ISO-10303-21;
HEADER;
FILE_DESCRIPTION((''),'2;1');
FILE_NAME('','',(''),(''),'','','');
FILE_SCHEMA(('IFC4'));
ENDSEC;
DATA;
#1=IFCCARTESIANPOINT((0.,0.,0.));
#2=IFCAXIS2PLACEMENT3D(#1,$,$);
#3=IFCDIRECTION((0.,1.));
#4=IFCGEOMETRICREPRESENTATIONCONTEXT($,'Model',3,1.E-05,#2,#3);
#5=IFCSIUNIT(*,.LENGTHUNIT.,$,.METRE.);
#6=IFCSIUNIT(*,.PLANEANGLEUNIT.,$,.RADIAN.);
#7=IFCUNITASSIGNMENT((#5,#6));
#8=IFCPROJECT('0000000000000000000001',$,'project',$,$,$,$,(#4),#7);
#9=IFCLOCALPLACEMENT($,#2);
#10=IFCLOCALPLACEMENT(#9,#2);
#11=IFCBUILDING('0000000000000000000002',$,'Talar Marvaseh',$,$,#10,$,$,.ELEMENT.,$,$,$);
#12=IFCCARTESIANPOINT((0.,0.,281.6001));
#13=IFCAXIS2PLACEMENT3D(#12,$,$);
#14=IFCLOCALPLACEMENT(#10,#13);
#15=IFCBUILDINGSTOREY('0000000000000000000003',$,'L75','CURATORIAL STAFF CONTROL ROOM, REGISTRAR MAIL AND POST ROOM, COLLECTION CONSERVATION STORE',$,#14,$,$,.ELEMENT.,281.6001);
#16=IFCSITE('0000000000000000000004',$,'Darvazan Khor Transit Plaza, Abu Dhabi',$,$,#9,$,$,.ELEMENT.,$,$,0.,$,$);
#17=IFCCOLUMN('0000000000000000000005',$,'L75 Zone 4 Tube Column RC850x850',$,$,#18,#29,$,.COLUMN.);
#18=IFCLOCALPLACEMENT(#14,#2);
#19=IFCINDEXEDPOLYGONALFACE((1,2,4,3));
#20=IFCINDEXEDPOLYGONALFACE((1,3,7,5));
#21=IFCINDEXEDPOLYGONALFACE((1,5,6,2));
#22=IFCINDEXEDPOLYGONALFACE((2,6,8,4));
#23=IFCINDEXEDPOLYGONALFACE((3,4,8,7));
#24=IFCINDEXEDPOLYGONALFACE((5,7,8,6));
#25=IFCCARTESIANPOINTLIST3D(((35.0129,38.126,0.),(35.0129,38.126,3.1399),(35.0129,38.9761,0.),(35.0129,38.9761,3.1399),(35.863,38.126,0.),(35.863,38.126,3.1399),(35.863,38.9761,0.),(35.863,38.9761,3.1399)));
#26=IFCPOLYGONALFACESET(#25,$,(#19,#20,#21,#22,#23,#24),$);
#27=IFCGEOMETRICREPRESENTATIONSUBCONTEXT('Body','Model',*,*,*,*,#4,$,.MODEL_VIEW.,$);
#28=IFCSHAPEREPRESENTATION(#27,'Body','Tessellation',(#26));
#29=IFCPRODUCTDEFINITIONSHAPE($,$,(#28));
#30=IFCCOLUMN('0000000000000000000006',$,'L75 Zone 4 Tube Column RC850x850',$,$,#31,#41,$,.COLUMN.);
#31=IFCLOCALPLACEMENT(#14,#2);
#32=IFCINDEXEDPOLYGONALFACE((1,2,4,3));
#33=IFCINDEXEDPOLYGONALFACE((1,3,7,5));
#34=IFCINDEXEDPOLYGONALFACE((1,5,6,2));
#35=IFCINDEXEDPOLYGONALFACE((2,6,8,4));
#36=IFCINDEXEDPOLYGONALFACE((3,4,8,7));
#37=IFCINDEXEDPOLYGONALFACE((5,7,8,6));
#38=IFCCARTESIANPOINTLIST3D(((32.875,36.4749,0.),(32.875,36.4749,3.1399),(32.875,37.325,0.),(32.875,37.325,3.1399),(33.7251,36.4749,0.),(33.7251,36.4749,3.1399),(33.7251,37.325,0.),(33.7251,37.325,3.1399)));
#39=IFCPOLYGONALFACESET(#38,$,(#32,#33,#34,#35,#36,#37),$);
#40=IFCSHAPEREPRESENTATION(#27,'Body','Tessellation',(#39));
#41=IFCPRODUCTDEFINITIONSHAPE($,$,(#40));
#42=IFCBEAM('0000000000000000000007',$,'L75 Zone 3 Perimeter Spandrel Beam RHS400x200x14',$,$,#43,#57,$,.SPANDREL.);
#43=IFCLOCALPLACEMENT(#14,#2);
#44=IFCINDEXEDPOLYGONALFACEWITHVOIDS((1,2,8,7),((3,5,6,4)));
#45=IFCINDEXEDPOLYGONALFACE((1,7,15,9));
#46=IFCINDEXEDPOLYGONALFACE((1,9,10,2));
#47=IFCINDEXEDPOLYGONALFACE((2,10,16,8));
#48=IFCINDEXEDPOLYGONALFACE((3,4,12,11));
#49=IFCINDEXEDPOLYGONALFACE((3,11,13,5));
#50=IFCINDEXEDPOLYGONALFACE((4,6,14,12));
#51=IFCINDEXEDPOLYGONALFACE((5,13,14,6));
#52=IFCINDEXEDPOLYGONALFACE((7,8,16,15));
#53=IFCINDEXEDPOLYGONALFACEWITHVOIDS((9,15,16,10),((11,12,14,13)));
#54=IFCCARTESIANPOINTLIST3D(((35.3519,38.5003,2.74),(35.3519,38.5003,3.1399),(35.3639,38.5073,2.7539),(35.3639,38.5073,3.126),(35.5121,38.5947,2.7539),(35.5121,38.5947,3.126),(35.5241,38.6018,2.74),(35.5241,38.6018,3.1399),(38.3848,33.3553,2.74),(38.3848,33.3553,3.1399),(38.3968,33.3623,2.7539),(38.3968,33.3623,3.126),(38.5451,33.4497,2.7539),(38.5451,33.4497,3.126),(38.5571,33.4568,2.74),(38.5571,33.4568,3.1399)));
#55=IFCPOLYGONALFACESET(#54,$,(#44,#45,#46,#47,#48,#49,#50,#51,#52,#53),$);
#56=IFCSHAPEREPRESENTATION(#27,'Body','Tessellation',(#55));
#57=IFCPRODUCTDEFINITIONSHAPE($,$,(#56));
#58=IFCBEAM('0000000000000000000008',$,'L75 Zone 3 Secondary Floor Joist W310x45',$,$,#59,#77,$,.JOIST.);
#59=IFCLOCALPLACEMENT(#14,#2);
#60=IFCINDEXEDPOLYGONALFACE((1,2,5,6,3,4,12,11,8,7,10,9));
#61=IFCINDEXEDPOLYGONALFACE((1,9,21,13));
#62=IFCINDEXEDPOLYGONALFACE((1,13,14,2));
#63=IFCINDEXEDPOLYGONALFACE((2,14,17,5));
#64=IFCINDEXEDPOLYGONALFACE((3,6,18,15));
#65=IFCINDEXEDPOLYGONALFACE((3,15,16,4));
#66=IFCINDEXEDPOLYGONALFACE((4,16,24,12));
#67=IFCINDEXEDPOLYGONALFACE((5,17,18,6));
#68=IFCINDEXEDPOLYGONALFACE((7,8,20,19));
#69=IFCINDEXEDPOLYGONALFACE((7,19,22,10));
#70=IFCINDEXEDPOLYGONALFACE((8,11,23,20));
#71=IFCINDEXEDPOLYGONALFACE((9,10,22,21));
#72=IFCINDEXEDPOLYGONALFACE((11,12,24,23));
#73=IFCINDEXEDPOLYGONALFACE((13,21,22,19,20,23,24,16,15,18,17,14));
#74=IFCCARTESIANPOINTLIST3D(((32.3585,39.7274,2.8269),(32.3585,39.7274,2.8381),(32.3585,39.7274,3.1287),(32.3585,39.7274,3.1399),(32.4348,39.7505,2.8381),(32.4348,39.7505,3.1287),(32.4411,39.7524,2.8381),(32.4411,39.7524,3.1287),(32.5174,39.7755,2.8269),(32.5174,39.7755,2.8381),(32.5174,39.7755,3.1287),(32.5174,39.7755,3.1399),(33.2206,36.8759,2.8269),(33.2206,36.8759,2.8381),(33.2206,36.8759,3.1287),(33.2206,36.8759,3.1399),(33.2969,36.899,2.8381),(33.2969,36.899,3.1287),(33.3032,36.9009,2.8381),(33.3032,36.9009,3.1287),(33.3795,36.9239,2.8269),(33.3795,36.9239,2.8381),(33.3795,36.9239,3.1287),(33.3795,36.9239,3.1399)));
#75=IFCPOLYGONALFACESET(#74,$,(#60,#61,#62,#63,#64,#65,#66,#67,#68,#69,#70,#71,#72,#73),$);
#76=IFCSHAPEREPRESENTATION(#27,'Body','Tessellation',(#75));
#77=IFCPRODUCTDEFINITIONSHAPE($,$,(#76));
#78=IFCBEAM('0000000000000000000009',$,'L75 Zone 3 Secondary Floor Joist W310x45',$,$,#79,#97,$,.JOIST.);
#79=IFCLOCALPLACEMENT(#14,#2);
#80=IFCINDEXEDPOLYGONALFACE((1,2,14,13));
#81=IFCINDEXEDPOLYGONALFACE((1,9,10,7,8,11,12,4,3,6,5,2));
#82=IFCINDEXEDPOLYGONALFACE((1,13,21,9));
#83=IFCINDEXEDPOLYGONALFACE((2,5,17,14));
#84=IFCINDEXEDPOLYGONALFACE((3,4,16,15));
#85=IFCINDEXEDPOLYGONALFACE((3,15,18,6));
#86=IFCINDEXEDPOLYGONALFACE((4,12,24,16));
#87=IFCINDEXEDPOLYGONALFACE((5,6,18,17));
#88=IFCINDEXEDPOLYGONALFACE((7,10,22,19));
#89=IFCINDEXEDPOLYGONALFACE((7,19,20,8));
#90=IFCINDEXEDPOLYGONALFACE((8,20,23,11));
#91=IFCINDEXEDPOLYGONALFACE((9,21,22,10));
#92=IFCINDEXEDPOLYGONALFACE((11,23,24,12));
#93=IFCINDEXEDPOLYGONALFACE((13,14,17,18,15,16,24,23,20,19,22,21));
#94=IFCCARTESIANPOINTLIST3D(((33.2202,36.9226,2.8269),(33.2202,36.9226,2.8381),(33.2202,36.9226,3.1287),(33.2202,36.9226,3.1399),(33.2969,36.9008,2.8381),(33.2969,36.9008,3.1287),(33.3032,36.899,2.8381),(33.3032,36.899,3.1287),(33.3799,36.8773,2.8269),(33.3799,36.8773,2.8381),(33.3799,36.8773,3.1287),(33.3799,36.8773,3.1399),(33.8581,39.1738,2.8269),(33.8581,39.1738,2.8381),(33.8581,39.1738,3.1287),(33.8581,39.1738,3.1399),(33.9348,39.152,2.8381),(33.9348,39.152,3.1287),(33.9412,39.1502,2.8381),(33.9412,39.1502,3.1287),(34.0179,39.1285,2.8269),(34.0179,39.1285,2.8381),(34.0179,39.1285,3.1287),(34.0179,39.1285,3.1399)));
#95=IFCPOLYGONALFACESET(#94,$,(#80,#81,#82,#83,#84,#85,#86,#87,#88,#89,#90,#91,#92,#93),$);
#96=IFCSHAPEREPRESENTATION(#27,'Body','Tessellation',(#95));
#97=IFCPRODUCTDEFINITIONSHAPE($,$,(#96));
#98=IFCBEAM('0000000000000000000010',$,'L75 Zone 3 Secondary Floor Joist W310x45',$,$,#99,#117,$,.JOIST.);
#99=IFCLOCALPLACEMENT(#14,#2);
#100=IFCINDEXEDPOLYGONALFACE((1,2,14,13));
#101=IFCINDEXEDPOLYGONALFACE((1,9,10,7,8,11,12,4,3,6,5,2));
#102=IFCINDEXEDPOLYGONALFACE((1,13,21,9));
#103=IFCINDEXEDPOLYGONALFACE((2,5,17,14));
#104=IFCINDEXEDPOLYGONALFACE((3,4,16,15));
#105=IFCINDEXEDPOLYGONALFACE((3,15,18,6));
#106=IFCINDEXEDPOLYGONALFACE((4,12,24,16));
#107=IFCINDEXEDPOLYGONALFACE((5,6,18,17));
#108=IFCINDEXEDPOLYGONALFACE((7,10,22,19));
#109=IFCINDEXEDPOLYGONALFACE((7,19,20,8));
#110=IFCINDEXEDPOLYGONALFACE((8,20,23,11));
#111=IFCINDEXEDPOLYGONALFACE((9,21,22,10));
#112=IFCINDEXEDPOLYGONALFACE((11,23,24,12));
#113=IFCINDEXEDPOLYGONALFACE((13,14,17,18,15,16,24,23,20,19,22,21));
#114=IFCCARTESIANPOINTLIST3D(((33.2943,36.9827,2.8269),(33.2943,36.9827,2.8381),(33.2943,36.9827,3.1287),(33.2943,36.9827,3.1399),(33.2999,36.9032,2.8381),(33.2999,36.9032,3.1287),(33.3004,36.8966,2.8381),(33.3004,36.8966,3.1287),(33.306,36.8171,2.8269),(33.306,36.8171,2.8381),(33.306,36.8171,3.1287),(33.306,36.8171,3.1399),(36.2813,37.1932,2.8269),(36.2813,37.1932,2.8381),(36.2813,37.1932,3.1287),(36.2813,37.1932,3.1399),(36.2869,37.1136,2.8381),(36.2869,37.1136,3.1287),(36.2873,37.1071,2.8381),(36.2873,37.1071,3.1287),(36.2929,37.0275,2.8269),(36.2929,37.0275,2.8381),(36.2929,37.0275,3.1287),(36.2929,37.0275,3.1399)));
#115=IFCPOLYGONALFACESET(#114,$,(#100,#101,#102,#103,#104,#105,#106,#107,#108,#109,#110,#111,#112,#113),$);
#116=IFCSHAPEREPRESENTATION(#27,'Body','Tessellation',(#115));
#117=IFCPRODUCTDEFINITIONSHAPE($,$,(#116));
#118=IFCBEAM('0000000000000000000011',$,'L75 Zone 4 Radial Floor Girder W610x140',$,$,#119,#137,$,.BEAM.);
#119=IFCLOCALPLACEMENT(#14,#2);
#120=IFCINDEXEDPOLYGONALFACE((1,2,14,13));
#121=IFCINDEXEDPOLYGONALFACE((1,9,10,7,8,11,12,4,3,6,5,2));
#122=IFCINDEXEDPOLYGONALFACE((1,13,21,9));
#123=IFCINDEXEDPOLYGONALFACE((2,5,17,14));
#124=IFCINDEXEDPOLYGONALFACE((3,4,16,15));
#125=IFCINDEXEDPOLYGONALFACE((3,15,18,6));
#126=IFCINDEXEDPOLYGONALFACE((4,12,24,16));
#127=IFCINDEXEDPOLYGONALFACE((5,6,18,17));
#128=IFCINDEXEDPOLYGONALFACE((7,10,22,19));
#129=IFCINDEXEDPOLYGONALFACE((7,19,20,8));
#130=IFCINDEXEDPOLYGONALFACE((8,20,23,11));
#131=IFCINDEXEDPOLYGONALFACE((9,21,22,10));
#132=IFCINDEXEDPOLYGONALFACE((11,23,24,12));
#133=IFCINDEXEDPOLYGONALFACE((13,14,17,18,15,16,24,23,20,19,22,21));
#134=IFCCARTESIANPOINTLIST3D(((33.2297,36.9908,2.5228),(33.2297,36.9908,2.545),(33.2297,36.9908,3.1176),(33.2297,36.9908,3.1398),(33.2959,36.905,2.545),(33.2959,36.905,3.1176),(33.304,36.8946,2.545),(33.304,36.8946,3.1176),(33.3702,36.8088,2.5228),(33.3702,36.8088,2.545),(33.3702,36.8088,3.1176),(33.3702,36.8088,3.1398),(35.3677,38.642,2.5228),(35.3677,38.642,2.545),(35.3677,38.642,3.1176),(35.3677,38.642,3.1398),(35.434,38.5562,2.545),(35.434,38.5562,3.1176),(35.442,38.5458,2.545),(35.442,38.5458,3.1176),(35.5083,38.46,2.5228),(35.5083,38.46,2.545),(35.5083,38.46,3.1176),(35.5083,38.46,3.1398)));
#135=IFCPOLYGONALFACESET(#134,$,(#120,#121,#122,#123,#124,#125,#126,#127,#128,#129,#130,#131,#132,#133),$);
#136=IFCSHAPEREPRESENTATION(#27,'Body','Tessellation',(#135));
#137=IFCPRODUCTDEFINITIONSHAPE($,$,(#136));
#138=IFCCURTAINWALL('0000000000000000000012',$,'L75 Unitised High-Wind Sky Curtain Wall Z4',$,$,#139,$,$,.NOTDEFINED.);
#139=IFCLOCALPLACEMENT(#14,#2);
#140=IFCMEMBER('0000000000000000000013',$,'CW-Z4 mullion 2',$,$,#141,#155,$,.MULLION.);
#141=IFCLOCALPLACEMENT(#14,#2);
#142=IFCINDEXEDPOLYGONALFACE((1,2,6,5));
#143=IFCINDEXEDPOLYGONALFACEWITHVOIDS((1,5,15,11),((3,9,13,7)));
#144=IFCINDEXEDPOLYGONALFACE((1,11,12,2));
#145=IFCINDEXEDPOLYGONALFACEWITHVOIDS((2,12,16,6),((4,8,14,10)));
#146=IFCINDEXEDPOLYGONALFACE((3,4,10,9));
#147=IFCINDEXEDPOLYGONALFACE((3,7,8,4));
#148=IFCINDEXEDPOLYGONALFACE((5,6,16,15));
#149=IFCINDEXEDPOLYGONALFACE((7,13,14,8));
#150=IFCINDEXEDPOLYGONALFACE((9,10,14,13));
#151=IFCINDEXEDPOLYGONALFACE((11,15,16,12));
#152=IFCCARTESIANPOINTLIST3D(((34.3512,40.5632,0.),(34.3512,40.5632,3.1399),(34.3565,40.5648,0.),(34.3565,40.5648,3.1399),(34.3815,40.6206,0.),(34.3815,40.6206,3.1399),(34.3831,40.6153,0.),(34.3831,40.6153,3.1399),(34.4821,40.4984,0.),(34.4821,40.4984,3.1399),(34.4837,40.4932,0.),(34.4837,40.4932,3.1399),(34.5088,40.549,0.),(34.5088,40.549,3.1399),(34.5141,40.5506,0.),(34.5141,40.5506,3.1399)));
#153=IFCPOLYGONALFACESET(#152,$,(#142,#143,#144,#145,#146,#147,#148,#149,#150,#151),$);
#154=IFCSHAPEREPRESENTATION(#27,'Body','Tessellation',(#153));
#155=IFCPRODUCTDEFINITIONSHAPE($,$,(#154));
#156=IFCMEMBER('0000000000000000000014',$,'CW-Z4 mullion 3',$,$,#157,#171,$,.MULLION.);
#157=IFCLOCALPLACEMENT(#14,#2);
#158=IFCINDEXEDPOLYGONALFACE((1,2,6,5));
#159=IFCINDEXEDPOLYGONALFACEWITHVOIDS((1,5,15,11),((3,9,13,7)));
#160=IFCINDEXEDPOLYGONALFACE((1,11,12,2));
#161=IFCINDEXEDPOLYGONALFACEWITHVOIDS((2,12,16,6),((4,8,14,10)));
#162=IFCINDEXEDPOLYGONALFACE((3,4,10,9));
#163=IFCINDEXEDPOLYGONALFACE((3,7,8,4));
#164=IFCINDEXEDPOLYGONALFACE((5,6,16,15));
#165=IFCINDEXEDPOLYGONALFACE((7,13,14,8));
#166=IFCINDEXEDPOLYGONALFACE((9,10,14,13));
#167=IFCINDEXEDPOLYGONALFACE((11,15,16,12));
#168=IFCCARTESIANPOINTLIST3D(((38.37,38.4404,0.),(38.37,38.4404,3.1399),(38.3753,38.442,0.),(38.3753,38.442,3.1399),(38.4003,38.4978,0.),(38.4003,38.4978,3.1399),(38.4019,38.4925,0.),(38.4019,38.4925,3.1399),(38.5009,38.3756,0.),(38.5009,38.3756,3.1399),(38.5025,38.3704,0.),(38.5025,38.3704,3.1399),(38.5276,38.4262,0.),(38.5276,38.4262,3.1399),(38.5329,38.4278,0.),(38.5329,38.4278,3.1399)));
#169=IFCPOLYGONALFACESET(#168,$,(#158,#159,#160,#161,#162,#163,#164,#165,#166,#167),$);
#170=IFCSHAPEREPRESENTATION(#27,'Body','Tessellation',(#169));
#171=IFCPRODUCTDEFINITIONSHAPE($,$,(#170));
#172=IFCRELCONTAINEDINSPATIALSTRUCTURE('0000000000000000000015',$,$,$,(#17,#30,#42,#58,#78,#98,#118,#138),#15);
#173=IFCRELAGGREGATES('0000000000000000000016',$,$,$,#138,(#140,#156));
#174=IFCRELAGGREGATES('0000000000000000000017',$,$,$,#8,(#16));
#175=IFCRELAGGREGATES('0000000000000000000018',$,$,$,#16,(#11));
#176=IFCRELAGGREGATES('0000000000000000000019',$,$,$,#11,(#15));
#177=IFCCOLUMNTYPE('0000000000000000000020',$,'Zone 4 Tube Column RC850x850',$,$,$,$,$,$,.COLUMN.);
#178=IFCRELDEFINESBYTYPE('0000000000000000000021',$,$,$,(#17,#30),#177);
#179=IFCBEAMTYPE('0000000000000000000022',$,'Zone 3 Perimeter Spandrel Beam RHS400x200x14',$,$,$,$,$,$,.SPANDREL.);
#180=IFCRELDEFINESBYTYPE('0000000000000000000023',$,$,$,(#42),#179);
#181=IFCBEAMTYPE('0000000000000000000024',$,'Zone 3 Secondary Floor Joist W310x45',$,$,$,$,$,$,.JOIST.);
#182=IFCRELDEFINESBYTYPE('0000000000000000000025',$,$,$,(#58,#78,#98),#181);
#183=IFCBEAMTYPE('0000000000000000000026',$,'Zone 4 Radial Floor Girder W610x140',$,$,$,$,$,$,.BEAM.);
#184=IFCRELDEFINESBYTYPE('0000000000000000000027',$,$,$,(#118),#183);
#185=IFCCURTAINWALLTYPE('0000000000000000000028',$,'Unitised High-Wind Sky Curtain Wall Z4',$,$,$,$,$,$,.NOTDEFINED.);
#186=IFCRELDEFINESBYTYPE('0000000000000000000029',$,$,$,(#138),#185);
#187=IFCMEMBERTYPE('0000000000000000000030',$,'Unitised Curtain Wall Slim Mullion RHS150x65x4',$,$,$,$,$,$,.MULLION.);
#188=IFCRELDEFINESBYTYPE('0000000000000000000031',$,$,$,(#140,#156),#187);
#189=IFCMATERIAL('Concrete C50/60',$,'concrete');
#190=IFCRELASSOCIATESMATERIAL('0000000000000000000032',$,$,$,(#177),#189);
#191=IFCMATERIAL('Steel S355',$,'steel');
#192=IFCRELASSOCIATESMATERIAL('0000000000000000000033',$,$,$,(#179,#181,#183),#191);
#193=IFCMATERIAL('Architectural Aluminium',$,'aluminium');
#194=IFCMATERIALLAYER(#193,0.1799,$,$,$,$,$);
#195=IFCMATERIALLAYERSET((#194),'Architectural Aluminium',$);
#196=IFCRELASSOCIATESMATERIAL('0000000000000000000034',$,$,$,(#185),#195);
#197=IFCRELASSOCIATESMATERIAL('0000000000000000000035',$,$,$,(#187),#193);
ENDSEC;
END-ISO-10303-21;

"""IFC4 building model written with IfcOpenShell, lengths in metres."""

from ifc_helpers import new_model, si_unit, direction, frame, origin, origin_2d, place, context, subcontext, project, spatial, rectangle, hollow_rectangle, i_section, extrude, source, transform, mapped, material, layer, layer_set, material_profile, profile_set, type_object, type_shapes, element, aggregate, save


model = new_model("IFC4")

# Units and contexts
model_context = context("Model", 3, precision=1e-05, world=origin(), true_north=direction((0.0, 1.0)))
body_context = subcontext(model_context, "Body", "Model", "MODEL_VIEW")
ifc_project = project(units=[si_unit("LENGTHUNIT", "METRE"), si_unit("PLANEANGLEUNIT", "RADIAN")], contexts=[model_context])

# Site, building, storey
site_placement = place(None, origin())
site = spatial("IfcSite", under=ifc_project, at=site_placement, Name="Darvazan Khor Transit Plaza, Abu Dhabi", CompositionType="ELEMENT", RefElevation=0.0)
building_placement = place(site_placement, origin())
building = spatial("IfcBuilding", under=site, at=building_placement, Name="Talar Marvaseh", CompositionType="ELEMENT")
storey_placement = place(building_placement, frame((0.0, 0.0, 281.6001)))
storey = spatial("IfcBuildingStorey", under=building, at=storey_placement, Name="L75", Description="CURATORIAL STAFF CONTROL ROOM, REGISTRAR MAIL AND POST ROOM, COLLECTION CONSERVATION STORE", CompositionType="ELEMENT", Elevation=281.6001)

# Columns
ifc_material_1 = material(Name="Concrete C50/60", Category="concrete")
ifc_material_profile_1 = material_profile(ifc_material_1, rectangle(XDim=0.8501, YDim=0.8501, at=origin_2d()), Name="RC850x850")
ifc_profile_set_1 = profile_set([ifc_material_profile_1], Name="Concrete C50/60")
column_type = type_object("IfcColumnType", Name="Zone 4 Tube Column RC850x850", PredefinedType="COLUMN", material=ifc_profile_set_1)
for number, where, z_axis, x_axis, name in (
    (1, (35.438, 38.551, 0.0), (0.0, 0.0, 1.0), (1.0, 0.0, 0.0), "L75 Zone 4 Tube Column RC850x850"),
    (2, (33.3, 36.8999, 0.0), (0.0, 0.0, 1.0), (1.0, 0.0, 0.0), "L75 Zone 4 Tube Column RC850x850"),
):
    element("IfcColumn", number, at=place(storey_placement, frame(where, z_axis=z_axis, x_axis=x_axis)), inside=storey, type_object=column_type, Name=name, PredefinedType="COLUMN", context=body_context, shape_type="SweptSolid", body=[
        extrude(rectangle(XDim=0.8501, YDim=0.8501, at=origin_2d()), origin(), (0.0, 0.0, 1.0), 3.1399),
    ])

# Beams
ifc_material_2 = material(Name="Steel S355", Category="steel")
ifc_material_profile_2 = material_profile(ifc_material_2, hollow_rectangle(XDim=0.2, YDim=0.3999, WallThickness=0.0139, at=origin_2d()), Name="RHS400x200x14")
ifc_profile_set_2 = profile_set([ifc_material_profile_2], Name="Steel S355")
beam_type_1 = type_object("IfcBeamType", Name="Zone 3 Perimeter Spandrel Beam RHS400x200x14", PredefinedType="SPANDREL", material=ifc_profile_set_2)
beam_1_placement = place(storey_placement, frame((35.438, 38.551, 2.9399), z_axis=(0.507826, -0.86146, 0.0), x_axis=(0.86146, 0.507826, 0.0)))
element("IfcBeam", 3, at=beam_1_placement, inside=storey, type_object=beam_type_1, Name="L75 Zone 3 Perimeter Spandrel Beam RHS400x200x14", PredefinedType="SPANDREL", context=body_context, shape_type="SweptSolid", body=[
    extrude(hollow_rectangle(XDim=0.2, YDim=0.3999, WallThickness=0.0139, at=origin_2d()), origin(), (0.0, 0.0, 1.0), 5.9724),
])
ifc_material_profile_3 = material_profile(ifc_material_2, i_section(OverallWidth=0.166, OverallDepth=0.313, WebThickness=0.0066, FlangeThickness=0.0112, at=origin_2d()), Name="W310x45")
ifc_profile_set_3 = profile_set([ifc_material_profile_3], Name="Steel S355")
beam_type_2 = type_object("IfcBeamType", Name="Zone 3 Secondary Floor Joist W310x45", PredefinedType="JOIST", material=ifc_profile_set_3)
beam_2_placement = place(storey_placement, frame((32.438, 39.7515, 2.9834), z_axis=(0.289377, -0.957215, 0.0), x_axis=(0.957215, 0.289377, 0.0)))
element("IfcBeam", 4, at=beam_2_placement, inside=storey, type_object=beam_type_2, Name="L75 Zone 3 Secondary Floor Joist W310x45", PredefinedType="JOIST", context=body_context, shape_type="SweptSolid", body=[
    extrude(i_section(OverallWidth=0.166, OverallDepth=0.313, WebThickness=0.0066, FlangeThickness=0.0112, at=origin_2d()), origin(), (0.0, 0.0, 1.0), 2.979),
])
beam_3_placement = place(storey_placement, frame((33.938, 39.1511, 2.9834), z_axis=(-0.27264, -0.962116, 0.0), x_axis=(0.962116, -0.27264, 0.0)))
element("IfcBeam", 5, at=beam_3_placement, inside=storey, type_object=beam_type_2, Name="L75 Zone 3 Secondary Floor Joist W310x45", PredefinedType="JOIST", context=body_context, shape_type="SweptSolid", body=[
    extrude(i_section(OverallWidth=0.166, OverallDepth=0.313, WebThickness=0.0066, FlangeThickness=0.0112, at=origin_2d()), origin(), (0.0, 0.0, 1.0), 2.3398),
])
beam_4_placement = place(storey_placement, frame((36.2871, 37.1104, 2.9834), z_axis=(-0.997527, -0.070279, 0.0), x_axis=(0.070279, -0.997527, 0.0)))
element("IfcBeam", 6, at=beam_4_placement, inside=storey, type_object=beam_type_2, Name="L75 Zone 3 Secondary Floor Joist W310x45", PredefinedType="JOIST", context=body_context, shape_type="SweptSolid", body=[
    extrude(i_section(OverallWidth=0.166, OverallDepth=0.313, WebThickness=0.0066, FlangeThickness=0.0112, at=origin_2d()), origin(), (0.0, 0.0, 1.0), 2.9944),
])
ifc_material_profile_4 = material_profile(ifc_material_2, i_section(OverallWidth=0.23, OverallDepth=0.6169, WebThickness=0.0132, FlangeThickness=0.0222, at=origin_2d()), Name="W610x140")
ifc_profile_set_4 = profile_set([ifc_material_profile_4], Name="Steel S355")
beam_type_3 = type_object("IfcBeamType", Name="Zone 4 Radial Floor Girder W610x140", PredefinedType="BEAM", material=ifc_profile_set_4)
beam_5_placement = place(storey_placement, frame((35.438, 38.551, 2.8313), z_axis=(-0.79145, -0.611234, 0.0), x_axis=(0.611234, -0.79145, 0.0)))
element("IfcBeam", 7, at=beam_5_placement, inside=storey, type_object=beam_type_3, Name="L75 Zone 4 Radial Floor Girder W610x140", PredefinedType="BEAM", context=body_context, shape_type="SweptSolid", body=[
    extrude(i_section(OverallWidth=0.23, OverallDepth=0.6169, WebThickness=0.0132, FlangeThickness=0.0222, at=origin_2d()), origin(), (0.0, 0.0, 1.0), 2.7014),
])

# Curtain wall, members
ifc_material_3 = material(Name="Architectural Aluminium", Category="aluminium")
ifc_layer_1 = layer(ifc_material_3, 0.1799)
ifc_layer_set_1 = layer_set([ifc_layer_1], Name="Architectural Aluminium")
curtain_wall_type = type_object("IfcCurtainWallType", Name="Unitised High-Wind Sky Curtain Wall Z4", PredefinedType="NOTDEFINED", material=ifc_layer_set_1)
curtain_wall_placement = place(storey_placement, origin())
curtain_wall = element("IfcCurtainWall", 8, at=curtain_wall_placement, inside=storey, type_object=curtain_wall_type, Name="L75 Unitised High-Wind Sky Curtain Wall Z4", PredefinedType="NOTDEFINED")
ifc_material_profile_5 = material_profile(ifc_material_3, hollow_rectangle(XDim=0.0649, YDim=0.1499, WallThickness=0.0039, at=origin_2d()), Name="RHS150x65x4")
ifc_profile_set_5 = profile_set([ifc_material_profile_5], Name="Architectural Aluminium")
member_type_1 = type_object("IfcMemberType", Name="Unitised Curtain Wall Slim Mullion RHS150x65x4", PredefinedType="MULLION", material=ifc_profile_set_5)
shared_shape_1 = source(origin(), body_context, "Body", "SweptSolid", [
    extrude(hollow_rectangle(XDim=0.0649, YDim=0.1499, WallThickness=0.0039, at=origin_2d()), origin(), (0.0, 0.0, 1.0), 3.1399),
])
type_shapes(member_type_1, [shared_shape_1])
member_1_placement = place(storey_placement, frame((34.4326, 40.5569, 0.0), z_axis=(0.0, 0.0, 1.0), x_axis=(0.467098, 0.884206, 0.0)))
member_1 = element("IfcMember", 9, at=member_1_placement, type_object=member_type_1, Name="CW-Z4 mullion 2", PredefinedType="MULLION", context=body_context, shape_type="MappedRepresentation", body=[
    mapped(shared_shape_1, transform((0.0, 0.0, 0.0), x_axis=(1.0, 0.0, 0.0), y_axis=(0.0, 1.0, 0.0), z_axis=(0.0, 0.0, 1.0), scale=1.0)),
])
member_2_placement = place(storey_placement, frame((38.4514, 38.4341, 0.0), z_axis=(0.0, 0.0, 1.0), x_axis=(0.467098, 0.884206, 0.0)))
member_2 = element("IfcMember", 10, at=member_2_placement, type_object=member_type_1, Name="CW-Z4 mullion 3", PredefinedType="MULLION", context=body_context, shape_type="MappedRepresentation", body=[
    mapped(shared_shape_1, transform((0.0, 0.0, 0.0), x_axis=(1.0, 0.0, 0.0), y_axis=(0.0, 1.0, 0.0), z_axis=(0.0, 0.0, 1.0), scale=1.0)),
])
aggregate(curtain_wall, [member_1, member_2])

save(model, "model.ifc")
